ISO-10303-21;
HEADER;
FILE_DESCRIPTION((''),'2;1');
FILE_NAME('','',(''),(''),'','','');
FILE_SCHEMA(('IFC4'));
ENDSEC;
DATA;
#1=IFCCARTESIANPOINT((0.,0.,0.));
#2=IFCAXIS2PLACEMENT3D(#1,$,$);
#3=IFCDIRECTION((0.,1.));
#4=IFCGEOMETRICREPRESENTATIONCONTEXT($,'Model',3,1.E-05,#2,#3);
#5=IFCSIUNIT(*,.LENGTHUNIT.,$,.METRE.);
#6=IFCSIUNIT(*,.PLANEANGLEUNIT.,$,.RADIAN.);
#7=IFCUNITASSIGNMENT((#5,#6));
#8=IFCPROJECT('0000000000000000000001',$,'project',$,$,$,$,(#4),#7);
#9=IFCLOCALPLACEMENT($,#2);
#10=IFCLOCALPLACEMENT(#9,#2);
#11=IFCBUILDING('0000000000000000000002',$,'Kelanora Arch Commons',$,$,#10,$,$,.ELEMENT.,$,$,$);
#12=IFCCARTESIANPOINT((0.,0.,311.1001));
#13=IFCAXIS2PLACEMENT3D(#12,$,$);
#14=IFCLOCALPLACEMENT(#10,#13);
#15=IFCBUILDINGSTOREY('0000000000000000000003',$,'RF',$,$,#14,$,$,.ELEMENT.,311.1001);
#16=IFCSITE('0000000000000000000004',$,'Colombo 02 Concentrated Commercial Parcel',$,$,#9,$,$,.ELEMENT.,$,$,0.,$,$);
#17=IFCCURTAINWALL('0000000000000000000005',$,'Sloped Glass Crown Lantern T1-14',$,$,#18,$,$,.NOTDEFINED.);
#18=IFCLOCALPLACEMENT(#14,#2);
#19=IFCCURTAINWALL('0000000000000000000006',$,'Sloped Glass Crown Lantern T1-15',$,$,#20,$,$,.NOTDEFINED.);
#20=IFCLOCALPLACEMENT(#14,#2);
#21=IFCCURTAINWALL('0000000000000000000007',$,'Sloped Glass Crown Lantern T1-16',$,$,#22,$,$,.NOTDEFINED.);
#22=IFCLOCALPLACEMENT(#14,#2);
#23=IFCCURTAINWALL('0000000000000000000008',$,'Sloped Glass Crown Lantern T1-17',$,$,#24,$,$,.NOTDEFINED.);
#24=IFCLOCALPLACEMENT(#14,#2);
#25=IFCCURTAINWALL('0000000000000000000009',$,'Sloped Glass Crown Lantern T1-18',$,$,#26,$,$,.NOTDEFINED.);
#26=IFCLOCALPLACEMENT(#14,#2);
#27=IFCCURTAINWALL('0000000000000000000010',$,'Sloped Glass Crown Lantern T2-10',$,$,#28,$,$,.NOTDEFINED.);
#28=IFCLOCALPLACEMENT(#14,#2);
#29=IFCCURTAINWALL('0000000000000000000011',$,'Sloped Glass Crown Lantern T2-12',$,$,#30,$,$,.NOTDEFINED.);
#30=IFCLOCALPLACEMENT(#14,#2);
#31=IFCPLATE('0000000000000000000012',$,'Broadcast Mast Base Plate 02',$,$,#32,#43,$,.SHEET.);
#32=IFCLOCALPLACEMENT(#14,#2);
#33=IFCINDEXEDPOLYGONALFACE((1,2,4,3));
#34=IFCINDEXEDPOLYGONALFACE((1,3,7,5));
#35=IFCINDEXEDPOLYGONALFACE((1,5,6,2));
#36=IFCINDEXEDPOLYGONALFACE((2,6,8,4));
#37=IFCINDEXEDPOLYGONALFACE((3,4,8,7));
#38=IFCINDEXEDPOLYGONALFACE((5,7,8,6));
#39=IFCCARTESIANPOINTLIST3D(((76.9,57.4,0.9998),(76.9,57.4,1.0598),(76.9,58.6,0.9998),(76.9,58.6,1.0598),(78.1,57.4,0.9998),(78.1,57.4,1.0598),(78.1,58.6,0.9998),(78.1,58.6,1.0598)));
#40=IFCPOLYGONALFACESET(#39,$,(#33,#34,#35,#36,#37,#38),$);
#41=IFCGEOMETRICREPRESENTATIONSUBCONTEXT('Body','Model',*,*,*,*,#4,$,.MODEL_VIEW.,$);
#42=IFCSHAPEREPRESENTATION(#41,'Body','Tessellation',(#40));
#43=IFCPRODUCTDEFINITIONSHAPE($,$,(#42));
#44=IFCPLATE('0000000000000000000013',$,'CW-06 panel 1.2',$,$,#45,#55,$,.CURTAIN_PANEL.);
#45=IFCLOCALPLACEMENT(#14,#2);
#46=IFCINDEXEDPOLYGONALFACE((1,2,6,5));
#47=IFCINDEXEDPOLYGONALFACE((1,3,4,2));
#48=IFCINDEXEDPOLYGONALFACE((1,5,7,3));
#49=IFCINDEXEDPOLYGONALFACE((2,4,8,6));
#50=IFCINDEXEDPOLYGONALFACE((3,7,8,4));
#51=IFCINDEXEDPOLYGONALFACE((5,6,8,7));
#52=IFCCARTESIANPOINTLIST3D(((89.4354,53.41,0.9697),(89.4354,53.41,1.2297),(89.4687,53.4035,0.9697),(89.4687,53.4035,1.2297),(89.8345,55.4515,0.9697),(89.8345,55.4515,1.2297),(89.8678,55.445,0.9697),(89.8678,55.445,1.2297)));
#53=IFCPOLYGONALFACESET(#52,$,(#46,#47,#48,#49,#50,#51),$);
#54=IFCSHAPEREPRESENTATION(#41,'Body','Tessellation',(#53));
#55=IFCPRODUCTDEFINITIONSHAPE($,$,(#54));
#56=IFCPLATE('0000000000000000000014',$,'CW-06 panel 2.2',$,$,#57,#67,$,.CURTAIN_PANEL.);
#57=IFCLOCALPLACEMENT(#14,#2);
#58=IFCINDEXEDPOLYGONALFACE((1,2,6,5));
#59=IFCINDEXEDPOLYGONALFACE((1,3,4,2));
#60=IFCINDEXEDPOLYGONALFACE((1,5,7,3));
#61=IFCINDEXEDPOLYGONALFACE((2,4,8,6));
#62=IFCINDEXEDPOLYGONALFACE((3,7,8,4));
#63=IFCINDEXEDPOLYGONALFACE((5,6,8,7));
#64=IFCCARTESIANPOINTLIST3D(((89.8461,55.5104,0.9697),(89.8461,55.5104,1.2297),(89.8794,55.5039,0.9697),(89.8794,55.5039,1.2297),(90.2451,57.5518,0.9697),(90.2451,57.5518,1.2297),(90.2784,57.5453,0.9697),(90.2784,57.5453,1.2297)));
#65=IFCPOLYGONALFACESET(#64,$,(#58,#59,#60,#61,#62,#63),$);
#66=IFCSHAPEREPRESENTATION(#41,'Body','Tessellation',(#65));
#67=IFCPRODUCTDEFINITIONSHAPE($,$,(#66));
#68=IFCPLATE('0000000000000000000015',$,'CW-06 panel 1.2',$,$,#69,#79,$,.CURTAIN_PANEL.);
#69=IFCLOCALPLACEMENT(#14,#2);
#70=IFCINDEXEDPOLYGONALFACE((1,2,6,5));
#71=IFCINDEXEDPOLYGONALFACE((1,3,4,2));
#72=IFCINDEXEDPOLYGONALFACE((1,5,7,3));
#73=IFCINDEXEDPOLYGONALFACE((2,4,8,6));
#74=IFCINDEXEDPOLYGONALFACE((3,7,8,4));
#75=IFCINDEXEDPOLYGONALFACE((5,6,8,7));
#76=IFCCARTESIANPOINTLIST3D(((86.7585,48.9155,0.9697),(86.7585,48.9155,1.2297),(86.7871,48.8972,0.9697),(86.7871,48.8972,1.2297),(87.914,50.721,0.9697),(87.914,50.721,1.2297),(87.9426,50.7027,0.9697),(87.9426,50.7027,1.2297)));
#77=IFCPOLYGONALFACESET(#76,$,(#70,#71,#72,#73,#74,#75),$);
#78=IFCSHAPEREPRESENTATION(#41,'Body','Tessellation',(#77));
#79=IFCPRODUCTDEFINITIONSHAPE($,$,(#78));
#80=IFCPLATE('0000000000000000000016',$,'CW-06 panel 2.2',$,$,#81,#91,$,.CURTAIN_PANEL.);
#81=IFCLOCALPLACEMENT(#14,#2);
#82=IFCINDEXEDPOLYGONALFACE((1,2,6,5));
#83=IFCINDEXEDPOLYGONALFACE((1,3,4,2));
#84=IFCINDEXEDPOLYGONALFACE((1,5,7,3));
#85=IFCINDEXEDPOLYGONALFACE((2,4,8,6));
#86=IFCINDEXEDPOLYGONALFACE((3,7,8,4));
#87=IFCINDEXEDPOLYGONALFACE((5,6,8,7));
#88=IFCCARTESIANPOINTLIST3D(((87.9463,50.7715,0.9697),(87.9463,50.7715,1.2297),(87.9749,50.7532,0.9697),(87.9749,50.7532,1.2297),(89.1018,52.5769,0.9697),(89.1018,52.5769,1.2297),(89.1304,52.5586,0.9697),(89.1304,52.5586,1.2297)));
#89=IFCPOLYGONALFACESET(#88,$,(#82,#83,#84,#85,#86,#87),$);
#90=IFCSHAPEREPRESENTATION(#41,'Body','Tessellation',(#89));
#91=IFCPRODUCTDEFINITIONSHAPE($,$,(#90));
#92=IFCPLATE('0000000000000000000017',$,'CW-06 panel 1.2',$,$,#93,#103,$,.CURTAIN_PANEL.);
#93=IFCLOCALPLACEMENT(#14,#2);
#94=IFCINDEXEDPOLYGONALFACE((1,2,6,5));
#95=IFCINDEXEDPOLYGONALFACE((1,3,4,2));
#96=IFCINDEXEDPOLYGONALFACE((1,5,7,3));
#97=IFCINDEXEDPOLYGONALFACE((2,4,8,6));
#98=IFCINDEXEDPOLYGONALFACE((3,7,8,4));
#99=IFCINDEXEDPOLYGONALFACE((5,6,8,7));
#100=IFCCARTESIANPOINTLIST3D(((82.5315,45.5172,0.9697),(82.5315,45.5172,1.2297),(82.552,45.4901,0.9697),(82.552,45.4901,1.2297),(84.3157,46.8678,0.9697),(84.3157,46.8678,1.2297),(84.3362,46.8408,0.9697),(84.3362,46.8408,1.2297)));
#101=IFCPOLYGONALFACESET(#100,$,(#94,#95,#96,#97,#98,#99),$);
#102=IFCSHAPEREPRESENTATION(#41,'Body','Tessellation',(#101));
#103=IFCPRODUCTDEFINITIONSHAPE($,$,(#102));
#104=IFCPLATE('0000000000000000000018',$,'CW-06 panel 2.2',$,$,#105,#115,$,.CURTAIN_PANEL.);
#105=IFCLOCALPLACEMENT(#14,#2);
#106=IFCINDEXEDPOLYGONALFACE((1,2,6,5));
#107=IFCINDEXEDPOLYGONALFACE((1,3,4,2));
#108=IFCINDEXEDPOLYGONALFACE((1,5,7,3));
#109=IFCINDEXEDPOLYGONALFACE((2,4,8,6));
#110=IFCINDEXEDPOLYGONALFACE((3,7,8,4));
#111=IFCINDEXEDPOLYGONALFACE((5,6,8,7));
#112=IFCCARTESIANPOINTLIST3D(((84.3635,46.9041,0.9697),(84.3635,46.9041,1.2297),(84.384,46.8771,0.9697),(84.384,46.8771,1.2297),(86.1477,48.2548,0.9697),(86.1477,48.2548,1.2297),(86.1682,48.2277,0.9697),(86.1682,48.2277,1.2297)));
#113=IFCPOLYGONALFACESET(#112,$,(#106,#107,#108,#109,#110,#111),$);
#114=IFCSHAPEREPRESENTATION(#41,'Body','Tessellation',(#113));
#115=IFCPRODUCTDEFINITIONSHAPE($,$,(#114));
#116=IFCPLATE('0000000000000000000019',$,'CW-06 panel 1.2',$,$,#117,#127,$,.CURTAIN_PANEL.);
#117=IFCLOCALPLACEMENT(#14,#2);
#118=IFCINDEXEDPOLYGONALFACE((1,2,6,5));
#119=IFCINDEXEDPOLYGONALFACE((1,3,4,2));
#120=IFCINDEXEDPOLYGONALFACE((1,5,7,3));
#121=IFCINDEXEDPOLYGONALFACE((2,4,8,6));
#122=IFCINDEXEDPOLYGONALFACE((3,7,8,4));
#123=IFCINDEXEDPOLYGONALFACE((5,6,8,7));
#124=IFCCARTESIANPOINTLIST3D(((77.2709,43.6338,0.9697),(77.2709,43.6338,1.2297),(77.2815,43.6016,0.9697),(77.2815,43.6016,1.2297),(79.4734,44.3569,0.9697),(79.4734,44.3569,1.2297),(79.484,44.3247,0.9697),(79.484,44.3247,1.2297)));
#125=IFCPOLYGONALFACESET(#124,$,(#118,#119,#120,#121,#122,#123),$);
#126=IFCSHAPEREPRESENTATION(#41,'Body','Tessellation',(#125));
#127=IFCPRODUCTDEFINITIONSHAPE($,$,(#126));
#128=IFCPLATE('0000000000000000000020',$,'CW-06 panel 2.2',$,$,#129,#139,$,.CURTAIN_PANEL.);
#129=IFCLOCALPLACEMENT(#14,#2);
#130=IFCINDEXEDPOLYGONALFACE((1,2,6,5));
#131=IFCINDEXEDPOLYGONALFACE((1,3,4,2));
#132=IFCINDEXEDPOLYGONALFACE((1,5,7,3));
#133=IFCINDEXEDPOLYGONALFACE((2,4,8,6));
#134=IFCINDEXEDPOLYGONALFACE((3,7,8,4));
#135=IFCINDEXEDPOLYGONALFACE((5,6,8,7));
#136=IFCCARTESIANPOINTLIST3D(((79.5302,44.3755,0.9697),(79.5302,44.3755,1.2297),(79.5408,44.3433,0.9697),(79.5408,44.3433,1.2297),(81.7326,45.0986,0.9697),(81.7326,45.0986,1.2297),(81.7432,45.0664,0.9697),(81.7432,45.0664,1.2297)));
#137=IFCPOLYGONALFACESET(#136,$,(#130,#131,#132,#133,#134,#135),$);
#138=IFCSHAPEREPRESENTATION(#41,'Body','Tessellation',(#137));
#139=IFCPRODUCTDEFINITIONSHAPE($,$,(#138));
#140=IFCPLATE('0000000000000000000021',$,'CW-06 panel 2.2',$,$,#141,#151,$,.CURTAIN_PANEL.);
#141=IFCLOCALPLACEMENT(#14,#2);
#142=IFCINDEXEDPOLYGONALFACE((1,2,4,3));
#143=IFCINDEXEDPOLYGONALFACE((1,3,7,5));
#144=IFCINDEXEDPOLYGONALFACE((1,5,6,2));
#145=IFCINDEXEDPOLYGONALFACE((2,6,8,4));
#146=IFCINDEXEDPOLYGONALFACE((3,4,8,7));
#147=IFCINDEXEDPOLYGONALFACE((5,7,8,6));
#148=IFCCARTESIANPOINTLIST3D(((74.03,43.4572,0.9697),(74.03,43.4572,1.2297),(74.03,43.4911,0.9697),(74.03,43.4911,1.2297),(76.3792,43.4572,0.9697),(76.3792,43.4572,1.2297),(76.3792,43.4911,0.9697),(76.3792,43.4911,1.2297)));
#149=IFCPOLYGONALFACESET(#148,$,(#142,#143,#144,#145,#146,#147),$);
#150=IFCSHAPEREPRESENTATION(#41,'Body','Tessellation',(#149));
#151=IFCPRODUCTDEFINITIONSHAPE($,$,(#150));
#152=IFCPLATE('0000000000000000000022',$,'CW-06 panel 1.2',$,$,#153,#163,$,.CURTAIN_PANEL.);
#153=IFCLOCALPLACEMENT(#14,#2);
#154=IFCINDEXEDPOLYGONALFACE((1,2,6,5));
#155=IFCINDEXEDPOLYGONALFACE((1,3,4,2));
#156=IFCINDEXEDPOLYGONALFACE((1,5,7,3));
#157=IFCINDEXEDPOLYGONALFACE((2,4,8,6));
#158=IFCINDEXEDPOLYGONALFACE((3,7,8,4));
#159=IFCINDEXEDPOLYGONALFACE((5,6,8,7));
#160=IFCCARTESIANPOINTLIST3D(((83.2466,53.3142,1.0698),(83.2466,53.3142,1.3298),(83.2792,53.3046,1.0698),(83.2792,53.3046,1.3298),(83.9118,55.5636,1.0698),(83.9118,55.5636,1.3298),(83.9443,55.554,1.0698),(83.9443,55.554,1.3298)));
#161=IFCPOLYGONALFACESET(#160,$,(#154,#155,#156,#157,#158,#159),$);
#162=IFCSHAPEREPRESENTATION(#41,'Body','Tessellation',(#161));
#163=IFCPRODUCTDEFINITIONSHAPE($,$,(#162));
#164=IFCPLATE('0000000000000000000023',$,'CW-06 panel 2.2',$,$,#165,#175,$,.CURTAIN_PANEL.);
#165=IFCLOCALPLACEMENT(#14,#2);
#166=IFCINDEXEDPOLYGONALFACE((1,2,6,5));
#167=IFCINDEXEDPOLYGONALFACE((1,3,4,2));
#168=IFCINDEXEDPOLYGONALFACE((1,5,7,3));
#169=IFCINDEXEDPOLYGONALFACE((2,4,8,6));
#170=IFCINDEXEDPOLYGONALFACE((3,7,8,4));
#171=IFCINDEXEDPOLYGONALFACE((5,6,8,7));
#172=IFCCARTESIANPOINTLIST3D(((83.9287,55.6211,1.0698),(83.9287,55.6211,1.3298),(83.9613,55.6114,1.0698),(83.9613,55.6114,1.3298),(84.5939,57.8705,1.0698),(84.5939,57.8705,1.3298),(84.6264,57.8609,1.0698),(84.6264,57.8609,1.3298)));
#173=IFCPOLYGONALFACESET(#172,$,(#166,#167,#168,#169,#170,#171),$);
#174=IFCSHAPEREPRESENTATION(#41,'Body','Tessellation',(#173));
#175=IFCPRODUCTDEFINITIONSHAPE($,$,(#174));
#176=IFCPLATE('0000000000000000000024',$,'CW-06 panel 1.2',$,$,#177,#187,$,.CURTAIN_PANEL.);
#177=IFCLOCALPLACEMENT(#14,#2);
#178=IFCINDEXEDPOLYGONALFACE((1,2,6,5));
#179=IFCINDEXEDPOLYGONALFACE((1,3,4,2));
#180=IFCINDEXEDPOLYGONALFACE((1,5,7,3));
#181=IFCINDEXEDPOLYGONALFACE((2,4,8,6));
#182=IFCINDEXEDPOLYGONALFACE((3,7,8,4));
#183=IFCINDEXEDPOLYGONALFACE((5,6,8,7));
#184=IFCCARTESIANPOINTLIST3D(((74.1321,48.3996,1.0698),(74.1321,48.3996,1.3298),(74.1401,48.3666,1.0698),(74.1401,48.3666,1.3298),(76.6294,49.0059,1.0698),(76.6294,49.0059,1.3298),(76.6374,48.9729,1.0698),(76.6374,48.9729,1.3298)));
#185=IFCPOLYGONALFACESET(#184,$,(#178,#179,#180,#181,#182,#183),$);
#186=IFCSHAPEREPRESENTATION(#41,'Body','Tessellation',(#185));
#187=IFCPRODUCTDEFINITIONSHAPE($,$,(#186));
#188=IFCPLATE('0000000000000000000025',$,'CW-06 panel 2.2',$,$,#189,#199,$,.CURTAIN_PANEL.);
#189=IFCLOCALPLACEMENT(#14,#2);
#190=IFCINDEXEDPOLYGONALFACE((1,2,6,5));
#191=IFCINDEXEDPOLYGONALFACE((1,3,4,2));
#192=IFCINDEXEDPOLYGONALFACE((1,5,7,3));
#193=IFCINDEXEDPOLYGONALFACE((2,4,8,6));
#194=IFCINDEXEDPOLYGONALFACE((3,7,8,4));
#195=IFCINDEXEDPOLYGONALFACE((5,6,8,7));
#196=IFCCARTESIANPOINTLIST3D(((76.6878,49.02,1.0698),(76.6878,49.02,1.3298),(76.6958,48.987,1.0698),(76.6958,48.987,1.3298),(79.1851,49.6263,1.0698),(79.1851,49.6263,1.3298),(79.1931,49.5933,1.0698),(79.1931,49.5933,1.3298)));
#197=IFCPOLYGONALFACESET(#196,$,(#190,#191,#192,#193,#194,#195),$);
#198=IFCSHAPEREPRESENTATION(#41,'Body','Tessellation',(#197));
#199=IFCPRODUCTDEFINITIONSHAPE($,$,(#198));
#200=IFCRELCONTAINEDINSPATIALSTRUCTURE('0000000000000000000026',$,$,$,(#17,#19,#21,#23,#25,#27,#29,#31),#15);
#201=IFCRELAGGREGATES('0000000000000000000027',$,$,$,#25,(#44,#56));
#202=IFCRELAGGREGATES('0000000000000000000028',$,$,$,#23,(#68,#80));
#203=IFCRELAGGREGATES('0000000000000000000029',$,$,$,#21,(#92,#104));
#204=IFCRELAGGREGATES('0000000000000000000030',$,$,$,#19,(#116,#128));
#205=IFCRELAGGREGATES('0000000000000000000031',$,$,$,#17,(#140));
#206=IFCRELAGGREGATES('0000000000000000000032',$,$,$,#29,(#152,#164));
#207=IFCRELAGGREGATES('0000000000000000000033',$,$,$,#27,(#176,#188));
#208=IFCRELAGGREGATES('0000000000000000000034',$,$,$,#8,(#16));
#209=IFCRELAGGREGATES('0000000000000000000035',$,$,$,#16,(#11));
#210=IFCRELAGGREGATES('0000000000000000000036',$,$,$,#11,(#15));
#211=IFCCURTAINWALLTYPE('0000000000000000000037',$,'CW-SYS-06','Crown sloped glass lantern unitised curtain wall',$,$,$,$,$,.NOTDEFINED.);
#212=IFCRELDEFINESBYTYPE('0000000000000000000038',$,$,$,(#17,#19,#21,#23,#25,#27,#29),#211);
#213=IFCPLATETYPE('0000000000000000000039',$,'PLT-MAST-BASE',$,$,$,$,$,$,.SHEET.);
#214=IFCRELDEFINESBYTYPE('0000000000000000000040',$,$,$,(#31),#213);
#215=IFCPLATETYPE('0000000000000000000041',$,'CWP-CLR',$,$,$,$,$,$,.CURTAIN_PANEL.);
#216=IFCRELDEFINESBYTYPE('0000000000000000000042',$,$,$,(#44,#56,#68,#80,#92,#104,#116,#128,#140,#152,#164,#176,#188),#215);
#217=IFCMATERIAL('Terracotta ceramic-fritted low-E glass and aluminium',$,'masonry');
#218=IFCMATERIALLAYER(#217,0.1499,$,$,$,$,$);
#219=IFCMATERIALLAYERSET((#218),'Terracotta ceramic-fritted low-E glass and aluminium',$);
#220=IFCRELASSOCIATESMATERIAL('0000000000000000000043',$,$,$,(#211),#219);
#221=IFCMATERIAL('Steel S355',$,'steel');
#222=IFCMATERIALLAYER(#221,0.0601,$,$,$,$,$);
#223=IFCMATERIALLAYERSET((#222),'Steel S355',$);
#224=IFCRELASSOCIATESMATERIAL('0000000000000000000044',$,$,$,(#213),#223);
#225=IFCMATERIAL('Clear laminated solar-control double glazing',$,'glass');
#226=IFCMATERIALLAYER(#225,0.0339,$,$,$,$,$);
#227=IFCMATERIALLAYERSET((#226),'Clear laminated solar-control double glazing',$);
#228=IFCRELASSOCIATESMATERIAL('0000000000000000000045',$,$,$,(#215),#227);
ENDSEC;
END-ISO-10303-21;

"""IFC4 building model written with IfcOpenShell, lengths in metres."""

from ifc_helpers import new_model, si_unit, direction, frame, origin, origin_2d, place, context, subcontext, project, spatial, rectangle, extrude, source, transform, mapped, material, layer, layer_set, type_object, element, aggregate, save


model = new_model("IFC4")

# Units and contexts
model_context = context("Model", 3, precision=1e-05, world=origin(), true_north=direction((0.0, 1.0)))
body_context = subcontext(model_context, "Body", "Model", "MODEL_VIEW")
ifc_project = project(units=[si_unit("LENGTHUNIT", "METRE"), si_unit("PLANEANGLEUNIT", "RADIAN")], contexts=[model_context])

# Site, building, storey
site_placement = place(None, origin())
site = spatial("IfcSite", under=ifc_project, at=site_placement, Name="Colombo 02 Concentrated Commercial Parcel", CompositionType="ELEMENT", RefElevation=0.0)
building_placement = place(site_placement, origin())
building = spatial("IfcBuilding", under=site, at=building_placement, Name="Kelanora Arch Commons", CompositionType="ELEMENT")
storey_placement = place(building_placement, frame((0.0, 0.0, 311.1001)))
storey = spatial("IfcBuildingStorey", under=building, at=storey_placement, Name="RF", CompositionType="ELEMENT", Elevation=311.1001)

# Shared definitions
ifc_material_1 = material(Name="Terracotta ceramic-fritted low-E glass and aluminium", Category="masonry")
ifc_layer_1 = layer(ifc_material_1, 0.1499)
ifc_layer_set_1 = layer_set([ifc_layer_1], Name="Terracotta ceramic-fritted low-E glass and aluminium")
curtain_wall_type = type_object("IfcCurtainWallType", Name="CW-SYS-06", Description="Crown sloped glass lantern unitised curtain wall", PredefinedType="NOTDEFINED", material=ifc_layer_set_1)

# Curtain wall
curtain_wall_1_placement = place(storey_placement, origin())
curtain_wall_1 = element("IfcCurtainWall", 1, at=curtain_wall_1_placement, inside=storey, type_object=curtain_wall_type, Name="Sloped Glass Crown Lantern T1-14", PredefinedType="NOTDEFINED")

# Curtain walls
curtain_wall_2_placement = place(storey_placement, origin())
curtain_wall_2 = element("IfcCurtainWall", 2, at=curtain_wall_2_placement, inside=storey, type_object=curtain_wall_type, Name="Sloped Glass Crown Lantern T1-15", PredefinedType="NOTDEFINED")
curtain_wall_3_placement = place(storey_placement, origin())
curtain_wall_3 = element("IfcCurtainWall", 3, at=curtain_wall_3_placement, inside=storey, type_object=curtain_wall_type, Name="Sloped Glass Crown Lantern T1-16", PredefinedType="NOTDEFINED")
curtain_wall_4_placement = place(storey_placement, origin())
curtain_wall_4 = element("IfcCurtainWall", 4, at=curtain_wall_4_placement, inside=storey, type_object=curtain_wall_type, Name="Sloped Glass Crown Lantern T1-17", PredefinedType="NOTDEFINED")
curtain_wall_5_placement = place(storey_placement, origin())
curtain_wall_5 = element("IfcCurtainWall", 5, at=curtain_wall_5_placement, inside=storey, type_object=curtain_wall_type, Name="Sloped Glass Crown Lantern T1-18", PredefinedType="NOTDEFINED")
curtain_wall_6_placement = place(storey_placement, origin())
curtain_wall_6 = element("IfcCurtainWall", 6, at=curtain_wall_6_placement, inside=storey, type_object=curtain_wall_type, Name="Sloped Glass Crown Lantern T2-10", PredefinedType="NOTDEFINED")
curtain_wall_7_placement = place(storey_placement, origin())
curtain_wall_7 = element("IfcCurtainWall", 7, at=curtain_wall_7_placement, inside=storey, type_object=curtain_wall_type, Name="Sloped Glass Crown Lantern T2-12", PredefinedType="NOTDEFINED")

# Shared definitions
ifc_material_2 = material(Name="Steel S355", Category="steel")

# Plates
ifc_layer_2 = layer(ifc_material_2, 0.0601)
ifc_layer_set_2 = layer_set([ifc_layer_2], Name="Steel S355")
plate_type_1 = type_object("IfcPlateType", Name="PLT-MAST-BASE", PredefinedType="SHEET", material=ifc_layer_set_2)
shared_shape_1 = source(origin(), body_context, "Body", "SweptSolid", [
    extrude(rectangle(XDim=1.2, YDim=1.2, at=origin_2d()), origin(), (0.0, 0.0, 1.0), 0.0601),
])
plate_1_placement = place(storey_placement, frame((77.5, 58.0, 0.9998), z_axis=(0.0, 0.0, 1.0), x_axis=(1.0, 0.0, 0.0)))
element("IfcPlate", 8, at=plate_1_placement, inside=storey, type_object=plate_type_1, Name="Broadcast Mast Base Plate 02", PredefinedType="SHEET", context=body_context, shape_type="MappedRepresentation", body=[
    mapped(shared_shape_1, transform((0.0, 0.0, 0.0), scale=1.0)),
])
ifc_material_3 = material(Name="Clear laminated solar-control double glazing", Category="glass")
ifc_layer_3 = layer(ifc_material_3, 0.0339)
ifc_layer_set_3 = layer_set([ifc_layer_3], Name="Clear laminated solar-control double glazing")
plate_type_2 = type_object("IfcPlateType", Name="CWP-CLR", PredefinedType="CURTAIN_PANEL", material=ifc_layer_set_3)
shared_shape_2 = source(origin(), body_context, "Body", "SweptSolid", [
    extrude(rectangle(XDim=2.0801, YDim=0.0339, at=origin_2d()), origin(), (0.0, 0.0, 1.0), 0.26),
])
plate_2_placement = place(storey_placement, frame((89.6516, 54.4275, 0.9697), z_axis=(0.0, 0.0, 1.0), x_axis=(0.191834, 0.981427, 0.0)))
plate_2 = element("IfcPlate", 9, at=plate_2_placement, type_object=plate_type_2, Name="CW-06 panel 1.2", PredefinedType="CURTAIN_PANEL", context=body_context, shape_type="MappedRepresentation", body=[
    mapped(shared_shape_2, transform((0.0, 0.0, 0.0), scale=1.0)),
])
plate_3_placement = place(storey_placement, frame((90.0623, 56.5278, 0.9697), z_axis=(0.0, 0.0, 1.0), x_axis=(0.191834, 0.981427, 0.0)))
plate_3 = element("IfcPlate", 10, at=plate_3_placement, type_object=plate_type_2, Name="CW-06 panel 2.2", PredefinedType="CURTAIN_PANEL", context=body_context, shape_type="MappedRepresentation", body=[
    mapped(shared_shape_2, transform((0.0, 0.0, 0.0), scale=1.0)),
])
aggregate(curtain_wall_5, [plate_2, plate_3])
shared_shape_3 = source(origin(), body_context, "Body", "SweptSolid", [
    extrude(rectangle(XDim=2.1436, YDim=0.0339, at=origin_2d()), origin(), (0.0, 0.0, 1.0), 0.26),
])
plate_4_placement = place(storey_placement, frame((87.3506, 49.8091, 0.9697), z_axis=(0.0, 0.0, 1.0), x_axis=(0.539054, 0.842271, 0.0)))
plate_4 = element("IfcPlate", 11, at=plate_4_placement, type_object=plate_type_2, Name="CW-06 panel 1.2", PredefinedType="CURTAIN_PANEL", context=body_context, shape_type="MappedRepresentation", body=[
    mapped(shared_shape_3, transform((0.0, 0.0, 0.0), scale=1.0)),
])
plate_5_placement = place(storey_placement, frame((88.5383, 51.665, 0.9697), z_axis=(0.0, 0.0, 1.0), x_axis=(0.539054, 0.842271, 0.0)))
plate_5 = element("IfcPlate", 12, at=plate_5_placement, type_object=plate_type_2, Name="CW-06 panel 2.2", PredefinedType="CURTAIN_PANEL", context=body_context, shape_type="MappedRepresentation", body=[
    mapped(shared_shape_3, transform((0.0, 0.0, 0.0), scale=1.0)),
])
aggregate(curtain_wall_4, [plate_4, plate_5])
shared_shape_4 = source(origin(), body_context, "Body", "SweptSolid", [
    extrude(rectangle(XDim=2.2378, YDim=0.0339, at=origin_2d()), origin(), (0.0, 0.0, 1.0), 0.26),
])
plate_6_placement = place(storey_placement, frame((83.4338, 46.179, 0.9697), z_axis=(0.0, 0.0, 1.0), x_axis=(0.797311, 0.603568, 0.0)))
plate_6 = element("IfcPlate", 13, at=plate_6_placement, type_object=plate_type_2, Name="CW-06 panel 1.2", PredefinedType="CURTAIN_PANEL", context=body_context, shape_type="MappedRepresentation", body=[
    mapped(shared_shape_4, transform((0.0, 0.0, 0.0), scale=1.0)),
])
plate_7_placement = place(storey_placement, frame((85.2659, 47.5659, 0.9697), z_axis=(0.0, 0.0, 1.0), x_axis=(0.797311, 0.603568, 0.0)))
plate_7 = element("IfcPlate", 14, at=plate_7_placement, type_object=plate_type_2, Name="CW-06 panel 2.2", PredefinedType="CURTAIN_PANEL", context=body_context, shape_type="MappedRepresentation", body=[
    mapped(shared_shape_4, transform((0.0, 0.0, 0.0), scale=1.0)),
])
aggregate(curtain_wall_3, [plate_6, plate_7])
shared_shape_5 = source(origin(), body_context, "Body", "SweptSolid", [
    extrude(rectangle(XDim=2.3181, YDim=0.0339, at=origin_2d()), origin(), (0.0, 0.0, 1.0), 0.26),
])
plate_8_placement = place(storey_placement, frame((78.3774, 43.9792, 0.9697), z_axis=(0.0, 0.0, 1.0), x_axis=(0.9501, 0.311945, 0.0)))
plate_8 = element("IfcPlate", 15, at=plate_8_placement, type_object=plate_type_2, Name="CW-06 panel 1.2", PredefinedType="CURTAIN_PANEL", context=body_context, shape_type="MappedRepresentation", body=[
    mapped(shared_shape_5, transform((0.0, 0.0, 0.0), scale=1.0)),
])
plate_9_placement = place(storey_placement, frame((80.6367, 44.7209, 0.9697), z_axis=(0.0, 0.0, 1.0), x_axis=(0.9501, 0.311945, 0.0)))
plate_9 = element("IfcPlate", 16, at=plate_9_placement, type_object=plate_type_2, Name="CW-06 panel 2.2", PredefinedType="CURTAIN_PANEL", context=body_context, shape_type="MappedRepresentation", body=[
    mapped(shared_shape_5, transform((0.0, 0.0, 0.0), scale=1.0)),
])
aggregate(curtain_wall_2, [plate_8, plate_9])
shared_shape_6 = source(origin(), body_context, "Body", "SweptSolid", [
    extrude(rectangle(XDim=2.3491, YDim=0.0339, at=origin_2d()), origin(), (0.0, 0.0, 1.0), 0.26),
])
plate_10_placement = place(storey_placement, frame((75.2046, 43.4741, 0.9697), z_axis=(0.0, 0.0, 1.0), x_axis=(1.0, 0.0, 0.0)))
plate_10 = element("IfcPlate", 17, at=plate_10_placement, type_object=plate_type_2, Name="CW-06 panel 2.2", PredefinedType="CURTAIN_PANEL", context=body_context, shape_type="MappedRepresentation", body=[
    mapped(shared_shape_6, transform((0.0, 0.0, 0.0), scale=1.0)),
])
aggregate(curtain_wall_1, [plate_10])
shared_shape_7 = source(origin(), body_context, "Body", "SweptSolid", [
    extrude(rectangle(XDim=2.3457, YDim=0.0339, at=origin_2d()), origin(), (0.0, 0.0, 1.0), 0.26),
])
plate_11_placement = place(storey_placement, frame((83.5955, 54.4341, 1.0698), z_axis=(0.0, 0.0, 1.0), x_axis=(0.283564, 0.958953, 0.0)))
plate_11 = element("IfcPlate", 18, at=plate_11_placement, type_object=plate_type_2, Name="CW-06 panel 1.2", PredefinedType="CURTAIN_PANEL", context=body_context, shape_type="MappedRepresentation", body=[
    mapped(shared_shape_7, transform((0.0, 0.0, 0.0), scale=1.0)),
])
plate_12_placement = place(storey_placement, frame((84.2776, 56.741, 1.0698), z_axis=(0.0, 0.0, 1.0), x_axis=(0.283564, 0.958953, 0.0)))
plate_12 = element("IfcPlate", 19, at=plate_12_placement, type_object=plate_type_2, Name="CW-06 panel 2.2", PredefinedType="CURTAIN_PANEL", context=body_context, shape_type="MappedRepresentation", body=[
    mapped(shared_shape_7, transform((0.0, 0.0, 0.0), scale=1.0)),
])
aggregate(curtain_wall_7, [plate_11, plate_12])
shared_shape_8 = source(origin(), body_context, "Body", "SweptSolid", [
    extrude(rectangle(XDim=2.5698, YDim=0.0339, at=origin_2d()), origin(), (0.0, 0.0, 1.0), 0.26),
])
plate_13_placement = place(storey_placement, frame((75.3848, 48.6863, 1.0698), z_axis=(0.0, 0.0, 1.0), x_axis=(0.97177, 0.235931, 0.0)))
plate_13 = element("IfcPlate", 20, at=plate_13_placement, type_object=plate_type_2, Name="CW-06 panel 1.2", PredefinedType="CURTAIN_PANEL", context=body_context, shape_type="MappedRepresentation", body=[
    mapped(shared_shape_8, transform((0.0, 0.0, 0.0), scale=1.0)),
])
plate_14_placement = place(storey_placement, frame((77.9404, 49.3066, 1.0698), z_axis=(0.0, 0.0, 1.0), x_axis=(0.97177, 0.235931, 0.0)))
plate_14 = element("IfcPlate", 21, at=plate_14_placement, type_object=plate_type_2, Name="CW-06 panel 2.2", PredefinedType="CURTAIN_PANEL", context=body_context, shape_type="MappedRepresentation", body=[
    mapped(shared_shape_8, transform((0.0, 0.0, 0.0), scale=1.0)),
])
aggregate(curtain_wall_6, [plate_13, plate_14])

save(model, "model.ifc")
